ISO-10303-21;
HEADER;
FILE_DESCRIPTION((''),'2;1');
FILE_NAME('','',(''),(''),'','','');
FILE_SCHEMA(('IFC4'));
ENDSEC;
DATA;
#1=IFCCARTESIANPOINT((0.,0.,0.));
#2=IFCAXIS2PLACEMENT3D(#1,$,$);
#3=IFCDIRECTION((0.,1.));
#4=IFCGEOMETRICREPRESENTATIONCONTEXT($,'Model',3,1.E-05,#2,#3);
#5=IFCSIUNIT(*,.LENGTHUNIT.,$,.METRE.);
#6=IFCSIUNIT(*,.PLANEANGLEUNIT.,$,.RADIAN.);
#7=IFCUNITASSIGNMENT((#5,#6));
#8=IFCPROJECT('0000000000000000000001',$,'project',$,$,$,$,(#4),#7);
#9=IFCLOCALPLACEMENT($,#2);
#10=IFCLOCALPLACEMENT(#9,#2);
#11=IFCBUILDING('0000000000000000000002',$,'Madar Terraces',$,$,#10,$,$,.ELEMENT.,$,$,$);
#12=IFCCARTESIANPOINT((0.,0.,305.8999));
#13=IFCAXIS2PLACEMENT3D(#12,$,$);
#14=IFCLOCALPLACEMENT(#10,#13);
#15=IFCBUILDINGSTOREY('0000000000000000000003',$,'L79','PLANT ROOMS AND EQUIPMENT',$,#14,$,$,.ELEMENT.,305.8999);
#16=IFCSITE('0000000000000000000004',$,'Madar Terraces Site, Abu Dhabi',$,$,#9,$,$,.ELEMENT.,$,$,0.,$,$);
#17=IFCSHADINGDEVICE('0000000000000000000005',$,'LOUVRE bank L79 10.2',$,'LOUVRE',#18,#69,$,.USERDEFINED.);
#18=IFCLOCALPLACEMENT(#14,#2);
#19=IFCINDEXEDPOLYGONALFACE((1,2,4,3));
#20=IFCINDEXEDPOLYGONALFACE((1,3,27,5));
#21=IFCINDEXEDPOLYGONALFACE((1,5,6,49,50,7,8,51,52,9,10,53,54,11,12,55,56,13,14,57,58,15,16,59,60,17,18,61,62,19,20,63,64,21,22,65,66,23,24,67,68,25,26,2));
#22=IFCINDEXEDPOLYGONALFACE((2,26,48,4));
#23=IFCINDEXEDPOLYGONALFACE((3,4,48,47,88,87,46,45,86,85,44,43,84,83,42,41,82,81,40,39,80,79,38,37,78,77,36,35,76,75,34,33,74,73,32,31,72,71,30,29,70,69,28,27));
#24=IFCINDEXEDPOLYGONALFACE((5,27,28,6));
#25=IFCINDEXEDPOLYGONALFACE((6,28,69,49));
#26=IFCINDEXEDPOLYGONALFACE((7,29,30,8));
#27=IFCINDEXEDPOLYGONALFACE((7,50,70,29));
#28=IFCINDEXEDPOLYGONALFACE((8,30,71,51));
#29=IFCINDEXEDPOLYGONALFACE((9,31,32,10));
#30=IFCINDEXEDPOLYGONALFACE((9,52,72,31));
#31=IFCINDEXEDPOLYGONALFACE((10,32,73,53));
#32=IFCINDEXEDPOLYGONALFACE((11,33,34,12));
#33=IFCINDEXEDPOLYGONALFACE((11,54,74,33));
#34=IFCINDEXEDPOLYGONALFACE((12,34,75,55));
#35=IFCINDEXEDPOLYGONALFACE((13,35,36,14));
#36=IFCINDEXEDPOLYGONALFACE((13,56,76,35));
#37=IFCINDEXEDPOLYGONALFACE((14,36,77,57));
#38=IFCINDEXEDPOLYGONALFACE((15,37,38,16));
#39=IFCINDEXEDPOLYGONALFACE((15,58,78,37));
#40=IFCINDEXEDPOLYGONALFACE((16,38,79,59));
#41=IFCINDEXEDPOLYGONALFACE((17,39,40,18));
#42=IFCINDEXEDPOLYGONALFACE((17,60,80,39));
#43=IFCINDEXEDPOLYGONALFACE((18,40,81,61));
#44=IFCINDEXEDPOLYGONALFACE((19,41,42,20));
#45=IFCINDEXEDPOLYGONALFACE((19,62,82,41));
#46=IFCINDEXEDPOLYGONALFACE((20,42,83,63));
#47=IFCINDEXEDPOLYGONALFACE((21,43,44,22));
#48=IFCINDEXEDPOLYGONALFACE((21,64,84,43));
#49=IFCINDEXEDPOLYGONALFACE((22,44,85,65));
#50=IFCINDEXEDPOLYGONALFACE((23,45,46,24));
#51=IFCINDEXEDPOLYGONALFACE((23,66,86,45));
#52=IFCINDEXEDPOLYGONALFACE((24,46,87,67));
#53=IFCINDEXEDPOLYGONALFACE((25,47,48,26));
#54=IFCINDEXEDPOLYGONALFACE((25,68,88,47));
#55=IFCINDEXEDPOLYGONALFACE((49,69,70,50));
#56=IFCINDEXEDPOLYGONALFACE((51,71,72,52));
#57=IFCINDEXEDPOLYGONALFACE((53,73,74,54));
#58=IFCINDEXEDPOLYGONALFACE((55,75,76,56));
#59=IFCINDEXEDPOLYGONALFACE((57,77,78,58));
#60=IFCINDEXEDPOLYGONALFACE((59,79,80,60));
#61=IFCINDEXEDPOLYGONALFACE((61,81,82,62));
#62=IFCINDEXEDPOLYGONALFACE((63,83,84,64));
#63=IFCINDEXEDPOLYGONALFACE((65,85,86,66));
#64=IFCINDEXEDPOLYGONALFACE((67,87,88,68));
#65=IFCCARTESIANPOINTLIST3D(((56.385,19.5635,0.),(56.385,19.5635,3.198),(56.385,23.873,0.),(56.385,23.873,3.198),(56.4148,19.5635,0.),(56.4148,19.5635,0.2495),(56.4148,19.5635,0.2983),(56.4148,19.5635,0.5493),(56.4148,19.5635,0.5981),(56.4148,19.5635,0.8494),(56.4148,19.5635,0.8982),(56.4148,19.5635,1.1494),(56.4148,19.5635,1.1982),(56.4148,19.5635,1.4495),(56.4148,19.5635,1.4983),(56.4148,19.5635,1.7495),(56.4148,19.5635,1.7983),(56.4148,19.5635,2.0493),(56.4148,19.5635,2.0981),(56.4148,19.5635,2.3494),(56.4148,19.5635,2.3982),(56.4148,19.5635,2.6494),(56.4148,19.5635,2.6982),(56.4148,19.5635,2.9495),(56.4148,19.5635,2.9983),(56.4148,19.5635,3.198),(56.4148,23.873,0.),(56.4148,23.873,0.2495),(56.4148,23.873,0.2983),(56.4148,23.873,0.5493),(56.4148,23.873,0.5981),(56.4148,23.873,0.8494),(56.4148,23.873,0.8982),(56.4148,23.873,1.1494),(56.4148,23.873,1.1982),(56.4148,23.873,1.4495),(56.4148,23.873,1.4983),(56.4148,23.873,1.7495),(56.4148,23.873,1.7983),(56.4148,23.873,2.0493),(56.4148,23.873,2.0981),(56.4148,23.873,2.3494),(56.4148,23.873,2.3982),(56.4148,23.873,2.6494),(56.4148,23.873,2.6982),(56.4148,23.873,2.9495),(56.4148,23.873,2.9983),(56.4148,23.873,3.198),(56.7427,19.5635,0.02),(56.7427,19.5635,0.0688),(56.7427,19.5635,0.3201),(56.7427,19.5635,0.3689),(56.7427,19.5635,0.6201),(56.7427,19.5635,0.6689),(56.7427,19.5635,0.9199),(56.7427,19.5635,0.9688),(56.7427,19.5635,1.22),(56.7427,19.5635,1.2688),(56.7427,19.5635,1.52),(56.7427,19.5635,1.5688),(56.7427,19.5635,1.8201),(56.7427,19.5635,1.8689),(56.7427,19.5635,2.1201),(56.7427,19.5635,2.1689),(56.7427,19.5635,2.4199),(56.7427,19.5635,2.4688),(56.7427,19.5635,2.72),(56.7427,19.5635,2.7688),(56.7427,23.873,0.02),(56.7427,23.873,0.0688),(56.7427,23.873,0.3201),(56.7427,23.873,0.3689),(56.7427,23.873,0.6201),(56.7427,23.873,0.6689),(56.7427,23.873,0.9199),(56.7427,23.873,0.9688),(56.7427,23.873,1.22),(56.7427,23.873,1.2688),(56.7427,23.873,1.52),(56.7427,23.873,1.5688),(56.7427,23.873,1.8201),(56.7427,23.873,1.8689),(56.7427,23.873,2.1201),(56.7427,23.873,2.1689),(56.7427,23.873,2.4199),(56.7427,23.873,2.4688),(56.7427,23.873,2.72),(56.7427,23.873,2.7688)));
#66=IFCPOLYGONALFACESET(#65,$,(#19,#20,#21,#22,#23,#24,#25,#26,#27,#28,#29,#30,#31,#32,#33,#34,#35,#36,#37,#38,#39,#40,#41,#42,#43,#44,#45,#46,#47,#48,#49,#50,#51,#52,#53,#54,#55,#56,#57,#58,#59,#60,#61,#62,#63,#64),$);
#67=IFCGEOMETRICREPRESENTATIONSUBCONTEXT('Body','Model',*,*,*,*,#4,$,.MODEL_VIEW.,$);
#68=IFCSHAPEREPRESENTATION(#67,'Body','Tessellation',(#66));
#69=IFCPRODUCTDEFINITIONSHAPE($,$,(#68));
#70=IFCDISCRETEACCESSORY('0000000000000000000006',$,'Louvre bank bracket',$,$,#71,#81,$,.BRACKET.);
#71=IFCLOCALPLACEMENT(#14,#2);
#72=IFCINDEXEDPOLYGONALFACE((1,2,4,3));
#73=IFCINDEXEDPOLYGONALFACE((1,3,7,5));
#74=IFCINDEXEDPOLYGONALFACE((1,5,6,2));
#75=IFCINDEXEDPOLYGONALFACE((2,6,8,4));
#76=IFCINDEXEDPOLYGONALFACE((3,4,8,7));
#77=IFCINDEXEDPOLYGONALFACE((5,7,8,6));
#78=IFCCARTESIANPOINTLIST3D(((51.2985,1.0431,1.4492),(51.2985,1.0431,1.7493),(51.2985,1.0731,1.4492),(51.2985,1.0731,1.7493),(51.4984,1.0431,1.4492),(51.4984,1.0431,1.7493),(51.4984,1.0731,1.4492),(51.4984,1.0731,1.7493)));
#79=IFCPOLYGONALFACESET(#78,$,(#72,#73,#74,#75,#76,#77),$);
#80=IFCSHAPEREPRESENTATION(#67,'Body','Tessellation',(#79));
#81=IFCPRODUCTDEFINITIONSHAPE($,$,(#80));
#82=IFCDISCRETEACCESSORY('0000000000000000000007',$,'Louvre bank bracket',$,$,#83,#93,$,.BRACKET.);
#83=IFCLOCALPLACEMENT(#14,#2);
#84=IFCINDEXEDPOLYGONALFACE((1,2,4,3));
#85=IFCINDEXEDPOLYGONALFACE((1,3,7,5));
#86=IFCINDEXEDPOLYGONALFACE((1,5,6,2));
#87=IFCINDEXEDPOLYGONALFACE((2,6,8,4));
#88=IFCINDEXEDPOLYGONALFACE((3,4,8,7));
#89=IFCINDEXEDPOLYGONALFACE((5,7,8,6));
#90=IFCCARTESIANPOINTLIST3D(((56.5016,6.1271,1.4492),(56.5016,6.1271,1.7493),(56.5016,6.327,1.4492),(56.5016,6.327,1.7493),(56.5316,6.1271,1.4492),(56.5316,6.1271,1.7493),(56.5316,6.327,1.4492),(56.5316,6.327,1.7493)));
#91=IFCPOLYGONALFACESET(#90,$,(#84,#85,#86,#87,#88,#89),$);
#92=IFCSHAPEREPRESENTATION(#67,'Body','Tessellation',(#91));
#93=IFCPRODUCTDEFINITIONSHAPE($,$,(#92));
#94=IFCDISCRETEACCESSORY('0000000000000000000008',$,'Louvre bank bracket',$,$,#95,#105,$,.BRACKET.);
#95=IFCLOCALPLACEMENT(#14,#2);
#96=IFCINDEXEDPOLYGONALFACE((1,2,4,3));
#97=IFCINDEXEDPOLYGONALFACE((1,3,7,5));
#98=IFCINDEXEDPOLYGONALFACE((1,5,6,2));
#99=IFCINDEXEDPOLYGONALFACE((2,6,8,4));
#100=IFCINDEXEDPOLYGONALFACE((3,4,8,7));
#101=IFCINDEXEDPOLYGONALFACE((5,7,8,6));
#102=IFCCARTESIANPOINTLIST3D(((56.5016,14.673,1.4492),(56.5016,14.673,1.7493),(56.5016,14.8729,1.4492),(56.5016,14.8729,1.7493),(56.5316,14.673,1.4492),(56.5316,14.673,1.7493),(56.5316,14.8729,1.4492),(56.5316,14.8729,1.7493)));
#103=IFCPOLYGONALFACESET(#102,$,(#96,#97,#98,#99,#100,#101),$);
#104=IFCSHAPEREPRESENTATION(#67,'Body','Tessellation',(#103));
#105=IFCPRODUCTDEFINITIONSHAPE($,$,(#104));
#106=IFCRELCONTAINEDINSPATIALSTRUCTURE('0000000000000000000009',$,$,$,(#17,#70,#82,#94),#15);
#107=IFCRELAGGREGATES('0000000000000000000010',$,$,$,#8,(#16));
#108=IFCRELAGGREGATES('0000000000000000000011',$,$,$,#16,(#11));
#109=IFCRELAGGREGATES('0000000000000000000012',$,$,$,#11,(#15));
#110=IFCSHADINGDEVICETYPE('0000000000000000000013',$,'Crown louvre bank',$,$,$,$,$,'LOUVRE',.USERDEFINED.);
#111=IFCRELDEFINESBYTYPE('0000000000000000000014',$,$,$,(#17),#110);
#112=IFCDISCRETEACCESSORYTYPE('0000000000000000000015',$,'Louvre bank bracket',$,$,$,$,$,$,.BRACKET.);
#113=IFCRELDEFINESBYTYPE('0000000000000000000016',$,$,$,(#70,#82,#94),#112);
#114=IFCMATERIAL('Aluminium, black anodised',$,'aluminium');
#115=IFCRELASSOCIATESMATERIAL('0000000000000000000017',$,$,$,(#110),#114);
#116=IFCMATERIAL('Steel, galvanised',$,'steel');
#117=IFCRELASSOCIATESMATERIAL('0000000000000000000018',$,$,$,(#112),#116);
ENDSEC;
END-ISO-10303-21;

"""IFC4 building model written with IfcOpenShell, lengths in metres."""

from ifc_helpers import new_model, si_unit, direction, frame, origin, origin_2d, place, context, subcontext, project, spatial, polyline, rectangle, outline, extrude, material, type_object, element, save


model = new_model("IFC4")

# Units and contexts
model_context = context("Model", 3, precision=1e-05, world=origin(), true_north=direction((0.0, 1.0)))
body_context = subcontext(model_context, "Body", "Model", "MODEL_VIEW")
ifc_project = project(units=[si_unit("LENGTHUNIT", "METRE"), si_unit("PLANEANGLEUNIT", "RADIAN")], contexts=[model_context])

# Site, building, storey
site_placement = place(None, origin())
site = spatial("IfcSite", under=ifc_project, at=site_placement, Name="Madar Terraces Site, Abu Dhabi", CompositionType="ELEMENT", RefElevation=0.0)
building_placement = place(site_placement, origin())
building = spatial("IfcBuilding", under=site, at=building_placement, Name="Madar Terraces", CompositionType="ELEMENT")
storey_placement = place(building_placement, frame((0.0, 0.0, 305.8999)))
storey = spatial("IfcBuildingStorey", under=building, at=storey_placement, Name="L79", Description="PLANT ROOMS AND EQUIPMENT", CompositionType="ELEMENT", Elevation=305.8999)

# Shading device
ifc_material_1 = material(Name="Aluminium, black anodised", Category="aluminium")
shading_device_type = type_object("IfcShadingDeviceType", Name="Crown louvre bank", ElementType="LOUVRE", PredefinedType="USERDEFINED", material=ifc_material_1)
for number, where, z_axis, x_axis, name in (
    (1, (56.3999, 19.5635, 0.0), (0.0, 1.0, 0.0), (-1.0, 0.0, 0.0), "LOUVRE bank L79 10.2"),
):
    element("IfcShadingDevice", number, at=place(storey_placement, frame(where, z_axis=z_axis, x_axis=x_axis)), inside=storey, type_object=shading_device_type, Name=name, ObjectType="LOUVRE", PredefinedType="USERDEFINED", context=body_context, shape_type="SweptSolid", body=[
        extrude(outline(polyline([(0.0149, 0.0), (-0.0149, 0.0), (-0.0149, 0.2495), (-0.3428, 0.02), (-0.3428, 0.0688), (-0.0149, 0.2983), (-0.0149, 0.5493), (-0.3428, 0.3201), (-0.3428, 0.3689), (-0.0149, 0.5981), (-0.0149, 0.8494), (-0.3428, 0.6201), (-0.3428, 0.6689), (-0.0149, 0.8982), (-0.0149, 1.1494), (-0.3428, 0.9199), (-0.3428, 0.9688), (-0.0149, 1.1982), (-0.0149, 1.4495), (-0.3428, 1.22), (-0.3428, 1.2688), (-0.0149, 1.4983), (-0.0149, 1.7495), (-0.3428, 1.52), (-0.3428, 1.5688), (-0.0149, 1.7983), (-0.0149, 2.0493), (-0.3428, 1.8201), (-0.3428, 1.8689), (-0.0149, 2.0981), (-0.0149, 2.3494), (-0.3428, 2.1201), (-0.3428, 2.1689), (-0.0149, 2.3982), (-0.0149, 2.6494), (-0.3428, 2.4199), (-0.3428, 2.4688), (-0.0149, 2.6982), (-0.0149, 2.9495), (-0.3428, 2.72), (-0.3428, 2.7688), (-0.0149, 2.9983), (-0.0149, 3.198), (0.0149, 3.198), (0.0149, 0.0)])), origin(), (0.0, 0.0, 1.0), 4.3096),
    ])

# Discrete accessories
ifc_material_2 = material(Name="Steel, galvanised", Category="steel")
discrete_accessory_type = type_object("IfcDiscreteAccessoryType", Name="Louvre bank bracket", PredefinedType="BRACKET", material=ifc_material_2)
for number, where, z_axis, x_axis, name in (
    (2, (51.3984, 1.0581, 1.4492), (0.0, 0.0, 1.0), (1.0, 0.0, 0.0), "Louvre bank bracket"),
    (3, (56.5166, 6.2271, 1.4492), (0.0, 0.0, 1.0), (0.0, 1.0, 0.0), "Louvre bank bracket"),
    (4, (56.5166, 14.7729, 1.4492), (0.0, 0.0, 1.0), (0.0, 1.0, 0.0), "Louvre bank bracket"),
):
    element("IfcDiscreteAccessory", number, at=place(storey_placement, frame(where, z_axis=z_axis, x_axis=x_axis)), inside=storey, type_object=discrete_accessory_type, Name=name, PredefinedType="BRACKET", context=body_context, shape_type="SweptSolid", body=[
        extrude(rectangle(XDim=0.2, YDim=0.03, at=origin_2d()), origin(), (0.0, 0.0, 1.0), 0.3),
    ])

save(model, "model.ifc")
